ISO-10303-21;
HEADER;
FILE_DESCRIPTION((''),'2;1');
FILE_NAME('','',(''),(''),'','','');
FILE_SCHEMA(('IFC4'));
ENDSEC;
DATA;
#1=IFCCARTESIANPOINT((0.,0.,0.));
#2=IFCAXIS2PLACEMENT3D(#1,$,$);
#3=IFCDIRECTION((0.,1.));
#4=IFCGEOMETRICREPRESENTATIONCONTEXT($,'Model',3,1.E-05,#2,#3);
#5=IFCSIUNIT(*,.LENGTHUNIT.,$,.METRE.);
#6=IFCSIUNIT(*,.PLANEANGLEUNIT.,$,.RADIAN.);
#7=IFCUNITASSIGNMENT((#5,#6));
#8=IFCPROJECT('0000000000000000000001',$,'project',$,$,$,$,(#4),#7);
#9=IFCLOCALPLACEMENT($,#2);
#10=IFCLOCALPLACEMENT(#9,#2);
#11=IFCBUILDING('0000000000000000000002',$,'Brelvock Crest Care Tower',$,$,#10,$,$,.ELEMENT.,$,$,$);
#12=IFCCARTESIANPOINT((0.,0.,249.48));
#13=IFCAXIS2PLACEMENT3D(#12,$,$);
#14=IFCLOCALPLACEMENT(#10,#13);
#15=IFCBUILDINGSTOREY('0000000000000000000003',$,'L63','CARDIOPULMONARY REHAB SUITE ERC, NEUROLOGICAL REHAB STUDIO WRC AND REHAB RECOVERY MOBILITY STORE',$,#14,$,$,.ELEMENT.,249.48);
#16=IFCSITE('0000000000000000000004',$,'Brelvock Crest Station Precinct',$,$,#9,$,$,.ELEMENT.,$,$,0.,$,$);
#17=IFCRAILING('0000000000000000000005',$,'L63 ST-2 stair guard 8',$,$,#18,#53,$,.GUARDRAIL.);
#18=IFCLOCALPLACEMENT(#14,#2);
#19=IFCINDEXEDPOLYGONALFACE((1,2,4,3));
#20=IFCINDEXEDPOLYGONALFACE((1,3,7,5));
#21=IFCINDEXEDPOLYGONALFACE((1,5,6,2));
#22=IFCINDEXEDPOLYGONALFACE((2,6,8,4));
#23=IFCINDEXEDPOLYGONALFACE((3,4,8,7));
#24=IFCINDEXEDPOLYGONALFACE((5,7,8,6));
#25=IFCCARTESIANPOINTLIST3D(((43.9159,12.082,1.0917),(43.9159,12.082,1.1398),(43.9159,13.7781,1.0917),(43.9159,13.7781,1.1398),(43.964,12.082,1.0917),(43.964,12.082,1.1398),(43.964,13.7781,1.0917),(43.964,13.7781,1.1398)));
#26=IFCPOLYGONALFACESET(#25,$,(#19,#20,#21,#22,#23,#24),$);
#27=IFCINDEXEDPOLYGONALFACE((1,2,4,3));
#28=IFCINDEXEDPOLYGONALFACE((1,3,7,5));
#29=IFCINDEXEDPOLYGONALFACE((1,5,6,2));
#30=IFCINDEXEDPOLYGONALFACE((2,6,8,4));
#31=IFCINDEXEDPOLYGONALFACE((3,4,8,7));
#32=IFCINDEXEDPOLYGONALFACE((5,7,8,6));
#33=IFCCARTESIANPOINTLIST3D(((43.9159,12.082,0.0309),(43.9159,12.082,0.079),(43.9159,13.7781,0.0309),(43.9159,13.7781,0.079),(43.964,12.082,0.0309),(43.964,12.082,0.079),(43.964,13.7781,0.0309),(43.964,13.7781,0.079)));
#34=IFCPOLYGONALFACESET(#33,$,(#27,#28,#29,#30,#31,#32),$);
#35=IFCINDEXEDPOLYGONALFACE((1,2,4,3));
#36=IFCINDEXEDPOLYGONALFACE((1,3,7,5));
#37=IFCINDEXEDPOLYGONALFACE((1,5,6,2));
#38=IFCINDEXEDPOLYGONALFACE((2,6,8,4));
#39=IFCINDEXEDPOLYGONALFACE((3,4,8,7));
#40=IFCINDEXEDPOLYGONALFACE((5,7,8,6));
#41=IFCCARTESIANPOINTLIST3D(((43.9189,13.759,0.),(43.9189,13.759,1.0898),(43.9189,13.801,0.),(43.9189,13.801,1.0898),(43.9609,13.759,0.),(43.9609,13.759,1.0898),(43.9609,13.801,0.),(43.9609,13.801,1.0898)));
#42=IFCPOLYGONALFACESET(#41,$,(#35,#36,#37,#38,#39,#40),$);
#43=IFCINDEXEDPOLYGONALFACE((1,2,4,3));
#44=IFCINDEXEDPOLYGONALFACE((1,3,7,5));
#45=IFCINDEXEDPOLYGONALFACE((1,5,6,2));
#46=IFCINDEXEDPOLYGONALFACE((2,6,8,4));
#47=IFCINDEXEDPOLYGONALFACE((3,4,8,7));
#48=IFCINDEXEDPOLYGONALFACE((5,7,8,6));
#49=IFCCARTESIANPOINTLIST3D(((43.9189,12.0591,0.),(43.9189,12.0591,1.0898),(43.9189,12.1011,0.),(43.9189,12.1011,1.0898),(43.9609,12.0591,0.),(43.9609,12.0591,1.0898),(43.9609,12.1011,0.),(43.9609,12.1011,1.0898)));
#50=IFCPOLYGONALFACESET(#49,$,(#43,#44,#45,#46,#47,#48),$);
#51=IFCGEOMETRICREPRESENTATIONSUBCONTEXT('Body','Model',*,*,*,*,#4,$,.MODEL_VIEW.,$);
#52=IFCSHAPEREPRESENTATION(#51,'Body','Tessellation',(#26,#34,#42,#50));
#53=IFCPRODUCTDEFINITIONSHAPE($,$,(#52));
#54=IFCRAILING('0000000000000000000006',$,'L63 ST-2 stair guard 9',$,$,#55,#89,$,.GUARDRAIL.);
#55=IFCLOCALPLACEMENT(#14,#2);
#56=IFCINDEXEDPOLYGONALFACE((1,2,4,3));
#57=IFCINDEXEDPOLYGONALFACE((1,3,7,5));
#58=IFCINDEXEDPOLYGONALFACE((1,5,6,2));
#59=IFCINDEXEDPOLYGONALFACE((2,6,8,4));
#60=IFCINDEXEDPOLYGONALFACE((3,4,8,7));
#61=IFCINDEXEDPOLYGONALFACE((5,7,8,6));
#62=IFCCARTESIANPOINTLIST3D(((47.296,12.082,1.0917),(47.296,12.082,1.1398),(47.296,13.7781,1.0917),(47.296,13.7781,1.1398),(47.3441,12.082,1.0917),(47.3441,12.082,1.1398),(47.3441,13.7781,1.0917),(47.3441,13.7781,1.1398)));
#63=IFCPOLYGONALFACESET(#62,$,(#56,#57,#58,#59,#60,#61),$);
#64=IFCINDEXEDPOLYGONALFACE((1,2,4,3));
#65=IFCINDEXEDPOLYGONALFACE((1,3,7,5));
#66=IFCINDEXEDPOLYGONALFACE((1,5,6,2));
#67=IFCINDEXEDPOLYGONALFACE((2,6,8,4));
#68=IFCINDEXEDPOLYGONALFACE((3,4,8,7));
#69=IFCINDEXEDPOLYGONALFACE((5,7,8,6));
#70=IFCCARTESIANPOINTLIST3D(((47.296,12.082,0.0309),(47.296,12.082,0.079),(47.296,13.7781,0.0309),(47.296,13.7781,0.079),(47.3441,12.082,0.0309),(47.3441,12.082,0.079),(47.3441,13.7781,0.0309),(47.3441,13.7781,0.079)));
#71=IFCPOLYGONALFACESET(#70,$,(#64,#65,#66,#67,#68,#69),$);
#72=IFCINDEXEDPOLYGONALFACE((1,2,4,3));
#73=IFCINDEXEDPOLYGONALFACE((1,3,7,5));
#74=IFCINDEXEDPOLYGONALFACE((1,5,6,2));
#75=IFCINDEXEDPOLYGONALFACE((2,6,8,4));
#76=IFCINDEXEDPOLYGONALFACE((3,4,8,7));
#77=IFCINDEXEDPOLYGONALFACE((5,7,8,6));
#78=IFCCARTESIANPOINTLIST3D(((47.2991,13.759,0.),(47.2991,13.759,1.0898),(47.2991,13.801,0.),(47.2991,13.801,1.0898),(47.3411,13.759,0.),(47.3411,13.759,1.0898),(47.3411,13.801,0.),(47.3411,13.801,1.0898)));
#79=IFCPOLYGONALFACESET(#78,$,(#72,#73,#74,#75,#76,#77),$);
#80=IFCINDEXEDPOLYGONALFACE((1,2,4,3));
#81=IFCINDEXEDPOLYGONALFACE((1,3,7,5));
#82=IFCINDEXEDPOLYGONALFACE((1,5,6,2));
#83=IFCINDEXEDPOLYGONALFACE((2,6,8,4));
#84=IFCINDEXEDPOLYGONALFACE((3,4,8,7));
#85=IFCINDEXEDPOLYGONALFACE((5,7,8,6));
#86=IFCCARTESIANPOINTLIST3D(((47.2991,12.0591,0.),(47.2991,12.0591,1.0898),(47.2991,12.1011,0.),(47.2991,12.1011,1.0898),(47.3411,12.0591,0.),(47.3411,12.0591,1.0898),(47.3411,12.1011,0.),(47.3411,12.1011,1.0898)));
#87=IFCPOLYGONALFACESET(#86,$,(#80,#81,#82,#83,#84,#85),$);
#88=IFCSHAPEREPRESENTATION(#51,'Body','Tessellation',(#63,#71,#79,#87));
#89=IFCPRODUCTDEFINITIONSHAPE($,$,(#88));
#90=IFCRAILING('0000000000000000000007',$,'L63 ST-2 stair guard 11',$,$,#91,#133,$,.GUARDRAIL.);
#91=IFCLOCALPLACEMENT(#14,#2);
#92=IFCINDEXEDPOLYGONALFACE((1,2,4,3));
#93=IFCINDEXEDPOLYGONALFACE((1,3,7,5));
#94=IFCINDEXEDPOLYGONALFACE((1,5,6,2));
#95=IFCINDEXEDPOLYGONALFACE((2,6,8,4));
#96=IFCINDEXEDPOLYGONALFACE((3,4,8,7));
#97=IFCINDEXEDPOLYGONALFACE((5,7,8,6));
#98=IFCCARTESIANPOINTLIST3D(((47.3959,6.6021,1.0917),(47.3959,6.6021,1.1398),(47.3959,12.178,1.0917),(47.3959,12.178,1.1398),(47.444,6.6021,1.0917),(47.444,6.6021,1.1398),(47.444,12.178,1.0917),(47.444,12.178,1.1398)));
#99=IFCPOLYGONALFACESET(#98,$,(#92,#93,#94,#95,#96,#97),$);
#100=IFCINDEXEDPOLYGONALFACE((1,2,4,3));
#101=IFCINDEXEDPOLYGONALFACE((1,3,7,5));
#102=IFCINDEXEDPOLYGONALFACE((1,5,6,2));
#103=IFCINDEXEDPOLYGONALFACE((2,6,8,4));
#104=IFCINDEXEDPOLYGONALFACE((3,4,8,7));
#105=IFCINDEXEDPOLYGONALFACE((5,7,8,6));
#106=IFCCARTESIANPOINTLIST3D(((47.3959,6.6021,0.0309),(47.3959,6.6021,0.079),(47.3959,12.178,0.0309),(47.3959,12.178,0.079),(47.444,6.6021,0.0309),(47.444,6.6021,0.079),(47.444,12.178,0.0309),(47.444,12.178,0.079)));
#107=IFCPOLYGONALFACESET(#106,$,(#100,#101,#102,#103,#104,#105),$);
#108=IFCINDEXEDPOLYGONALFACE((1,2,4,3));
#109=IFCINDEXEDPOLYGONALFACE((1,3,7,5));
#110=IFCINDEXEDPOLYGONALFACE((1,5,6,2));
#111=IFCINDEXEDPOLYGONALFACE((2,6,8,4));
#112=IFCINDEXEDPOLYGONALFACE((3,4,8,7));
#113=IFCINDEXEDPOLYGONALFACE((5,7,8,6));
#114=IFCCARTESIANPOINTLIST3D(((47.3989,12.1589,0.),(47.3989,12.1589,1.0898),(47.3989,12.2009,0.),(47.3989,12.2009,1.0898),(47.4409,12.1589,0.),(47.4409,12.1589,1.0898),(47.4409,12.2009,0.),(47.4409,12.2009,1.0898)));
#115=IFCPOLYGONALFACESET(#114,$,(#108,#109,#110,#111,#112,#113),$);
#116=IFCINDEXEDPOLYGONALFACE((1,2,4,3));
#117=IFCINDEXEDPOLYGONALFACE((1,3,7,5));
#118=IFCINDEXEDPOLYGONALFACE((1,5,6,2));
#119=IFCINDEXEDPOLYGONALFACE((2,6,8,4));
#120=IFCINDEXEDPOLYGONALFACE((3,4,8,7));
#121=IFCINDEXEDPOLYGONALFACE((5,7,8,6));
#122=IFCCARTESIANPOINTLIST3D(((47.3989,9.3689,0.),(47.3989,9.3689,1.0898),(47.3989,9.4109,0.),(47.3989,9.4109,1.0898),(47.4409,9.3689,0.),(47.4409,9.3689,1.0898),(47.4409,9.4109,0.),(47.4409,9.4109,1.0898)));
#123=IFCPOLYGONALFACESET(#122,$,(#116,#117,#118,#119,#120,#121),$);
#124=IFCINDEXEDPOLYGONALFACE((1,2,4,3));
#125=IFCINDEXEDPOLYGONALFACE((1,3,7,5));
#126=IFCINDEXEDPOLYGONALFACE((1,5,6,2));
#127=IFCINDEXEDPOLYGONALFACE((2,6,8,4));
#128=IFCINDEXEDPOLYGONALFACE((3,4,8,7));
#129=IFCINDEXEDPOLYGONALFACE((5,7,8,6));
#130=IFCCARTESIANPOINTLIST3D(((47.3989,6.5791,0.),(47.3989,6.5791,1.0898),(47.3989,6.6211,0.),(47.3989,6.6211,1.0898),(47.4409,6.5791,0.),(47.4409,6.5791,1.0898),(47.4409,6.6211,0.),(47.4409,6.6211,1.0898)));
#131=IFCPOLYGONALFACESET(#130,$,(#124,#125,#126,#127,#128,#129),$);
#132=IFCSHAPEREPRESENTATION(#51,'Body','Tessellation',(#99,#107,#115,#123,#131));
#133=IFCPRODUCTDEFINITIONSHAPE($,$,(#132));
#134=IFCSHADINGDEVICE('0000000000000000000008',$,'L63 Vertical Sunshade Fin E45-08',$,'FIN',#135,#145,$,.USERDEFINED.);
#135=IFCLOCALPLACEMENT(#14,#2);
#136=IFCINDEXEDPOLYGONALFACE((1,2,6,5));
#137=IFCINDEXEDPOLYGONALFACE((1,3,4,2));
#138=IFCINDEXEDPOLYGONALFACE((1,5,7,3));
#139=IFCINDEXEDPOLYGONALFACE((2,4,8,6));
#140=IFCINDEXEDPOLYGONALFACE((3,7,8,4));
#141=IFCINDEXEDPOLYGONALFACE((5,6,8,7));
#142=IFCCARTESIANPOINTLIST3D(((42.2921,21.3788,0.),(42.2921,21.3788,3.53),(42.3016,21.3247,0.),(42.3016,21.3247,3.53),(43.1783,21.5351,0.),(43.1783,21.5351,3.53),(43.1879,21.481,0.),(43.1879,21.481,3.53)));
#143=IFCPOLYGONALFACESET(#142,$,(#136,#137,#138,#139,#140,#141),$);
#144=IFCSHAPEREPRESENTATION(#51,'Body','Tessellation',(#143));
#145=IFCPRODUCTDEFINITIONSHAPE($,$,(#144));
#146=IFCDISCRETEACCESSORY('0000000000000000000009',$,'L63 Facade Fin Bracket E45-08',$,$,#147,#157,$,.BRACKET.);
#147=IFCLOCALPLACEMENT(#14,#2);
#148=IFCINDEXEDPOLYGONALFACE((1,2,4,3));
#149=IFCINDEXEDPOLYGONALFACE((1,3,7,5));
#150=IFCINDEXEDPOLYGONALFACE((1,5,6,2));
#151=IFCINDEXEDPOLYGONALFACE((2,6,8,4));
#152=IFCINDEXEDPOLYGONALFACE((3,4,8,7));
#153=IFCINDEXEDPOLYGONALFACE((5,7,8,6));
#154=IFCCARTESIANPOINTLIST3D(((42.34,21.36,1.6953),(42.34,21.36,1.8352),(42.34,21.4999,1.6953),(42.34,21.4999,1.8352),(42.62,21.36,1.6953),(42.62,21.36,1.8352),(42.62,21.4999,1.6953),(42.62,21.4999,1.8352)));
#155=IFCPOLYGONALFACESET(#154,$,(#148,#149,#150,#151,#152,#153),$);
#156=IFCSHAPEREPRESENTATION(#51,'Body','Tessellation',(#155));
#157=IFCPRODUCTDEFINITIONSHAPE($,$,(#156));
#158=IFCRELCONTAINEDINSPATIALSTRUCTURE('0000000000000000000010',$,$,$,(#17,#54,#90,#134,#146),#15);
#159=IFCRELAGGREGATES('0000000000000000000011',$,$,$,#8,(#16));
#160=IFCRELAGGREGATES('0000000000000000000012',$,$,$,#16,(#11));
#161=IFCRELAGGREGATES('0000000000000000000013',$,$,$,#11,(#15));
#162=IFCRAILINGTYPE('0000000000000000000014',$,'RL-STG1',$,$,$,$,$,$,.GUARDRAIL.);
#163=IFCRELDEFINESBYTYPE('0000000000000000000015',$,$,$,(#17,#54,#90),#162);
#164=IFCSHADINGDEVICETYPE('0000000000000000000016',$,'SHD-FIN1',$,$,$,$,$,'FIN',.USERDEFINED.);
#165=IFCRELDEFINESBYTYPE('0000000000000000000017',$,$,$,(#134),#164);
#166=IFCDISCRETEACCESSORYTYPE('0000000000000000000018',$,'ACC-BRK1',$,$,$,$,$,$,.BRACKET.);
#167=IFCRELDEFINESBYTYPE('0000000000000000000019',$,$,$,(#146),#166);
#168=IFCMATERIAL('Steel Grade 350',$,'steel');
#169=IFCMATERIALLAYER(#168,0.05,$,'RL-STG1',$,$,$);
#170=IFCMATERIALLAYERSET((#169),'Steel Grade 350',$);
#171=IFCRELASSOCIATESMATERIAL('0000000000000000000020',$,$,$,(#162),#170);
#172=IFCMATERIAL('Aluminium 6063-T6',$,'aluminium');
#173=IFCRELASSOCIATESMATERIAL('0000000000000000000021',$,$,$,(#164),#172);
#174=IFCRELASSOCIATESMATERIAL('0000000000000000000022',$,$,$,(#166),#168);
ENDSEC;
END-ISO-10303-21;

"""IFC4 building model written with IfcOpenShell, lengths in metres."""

from ifc_helpers import new_model, si_unit, direction, frame, origin, origin_2d, place, context, subcontext, project, spatial, rectangle, extrude, source, transform, mapped, material, layer, layer_set, material_profile, profile_set, type_object, element, save


model = new_model("IFC4")

# Units and contexts
model_context = context("Model", 3, precision=1e-05, world=origin(), true_north=direction((0.0, 1.0)))
body_context = subcontext(model_context, "Body", "Model", "MODEL_VIEW")
ifc_project = project(units=[si_unit("LENGTHUNIT", "METRE"), si_unit("PLANEANGLEUNIT", "RADIAN")], contexts=[model_context])

# Site, building, storey
site_placement = place(None, origin())
site = spatial("IfcSite", under=ifc_project, at=site_placement, Name="Brelvock Crest Station Precinct", CompositionType="ELEMENT", RefElevation=0.0)
building_placement = place(site_placement, origin())
building = spatial("IfcBuilding", under=site, at=building_placement, Name="Brelvock Crest Care Tower", CompositionType="ELEMENT")
storey_placement = place(building_placement, frame((0.0, 0.0, 249.48)))
storey = spatial("IfcBuildingStorey", under=building, at=storey_placement, Name="L63", Description="CARDIOPULMONARY REHAB SUITE ERC, NEUROLOGICAL REHAB STUDIO WRC AND REHAB RECOVERY MOBILITY STORE", CompositionType="ELEMENT", Elevation=249.48)

# Shared definitions
ifc_material_1 = material(Name="Steel Grade 350", Category="steel")

# Shared definitions
ifc_material_2 = material(Name="Aluminium 6063-T6", Category="aluminium")

# Railings
ifc_layer_1 = layer(ifc_material_1, 0.05, Name="RL-STG1")
ifc_layer_set_1 = layer_set([ifc_layer_1], Name="Steel Grade 350")
railing_type = type_object("IfcRailingType", Name="RL-STG1", PredefinedType="GUARDRAIL", material=ifc_layer_set_1)
for number, where, name in (
    (1, (43.9399, 13.78, 0.0), "L63 ST-2 stair guard 8"),
    (2, (47.3201, 13.78, 0.0), "L63 ST-2 stair guard 9"),
):
    element("IfcRailing", number, at=place(storey_placement, frame(where)), inside=storey, type_object=railing_type, Name=name, PredefinedType="GUARDRAIL", context=body_context, shape_type="SweptSolid", body=[
        extrude(rectangle(XDim=0.0481, YDim=0.0481, at=origin_2d()), frame((0.0, -0.002, 1.1157), z_axis=(0.0, -1.0, 0.0), x_axis=(1.0, 0.0, 0.0)), (0.0, 0.0, 1.0), 1.696),
        extrude(rectangle(XDim=0.0481, YDim=0.0481, at=origin_2d()), frame((0.0, -0.002, 0.0549), z_axis=(0.0, -1.0, 0.0), x_axis=(1.0, 0.0, 0.0)), (0.0, 0.0, 1.0), 1.696),
        extrude(rectangle(XDim=0.042, YDim=0.042, at=origin_2d()), origin(), (0.0, 0.0, 1.0), 1.0898),
        extrude(rectangle(XDim=0.042, YDim=0.042, at=origin_2d()), frame((0.0, -1.7, 0.0)), (0.0, 0.0, 1.0), 1.0898),
    ])
railing_placement = place(storey_placement, frame((47.4199, 12.1799, 0.0)))
element("IfcRailing", 3, at=railing_placement, inside=storey, type_object=railing_type, Name="L63 ST-2 stair guard 11", PredefinedType="GUARDRAIL", context=body_context, shape_type="SweptSolid", body=[
    extrude(rectangle(XDim=0.0481, YDim=0.0481, at=origin_2d()), frame((0.0, -0.002, 1.1157), z_axis=(0.0, -1.0, 0.0), x_axis=(1.0, 0.0, 0.0)), (0.0, 0.0, 1.0), 5.5759),
    extrude(rectangle(XDim=0.0481, YDim=0.0481, at=origin_2d()), frame((0.0, -0.002, 0.0549), z_axis=(0.0, -1.0, 0.0), x_axis=(1.0, 0.0, 0.0)), (0.0, 0.0, 1.0), 5.5759),
    extrude(rectangle(XDim=0.042, YDim=0.042, at=origin_2d()), origin(), (0.0, 0.0, 1.0), 1.0898),
    extrude(rectangle(XDim=0.042, YDim=0.042, at=origin_2d()), frame((0.0, -2.79, 0.0)), (0.0, 0.0, 1.0), 1.0898),
    extrude(rectangle(XDim=0.042, YDim=0.042, at=origin_2d()), frame((0.0, -5.5798, 0.0)), (0.0, 0.0, 1.0), 1.0898),
])

# Shading device
ifc_material_profile_1 = material_profile(ifc_material_2, rectangle(XDim=0.0549, YDim=0.8999, at=origin_2d()), Name="FIN55x900")
ifc_profile_set_1 = profile_set([ifc_material_profile_1], Name="Aluminium 6063-T6")
shading_device_type = type_object("IfcShadingDeviceType", Name="SHD-FIN1", ElementType="FIN", PredefinedType="USERDEFINED", material=ifc_profile_set_1)
shared_shape_1 = source(origin(), body_context, "Body", "SweptSolid", [
    extrude(rectangle(XDim=0.0549, YDim=0.8999, at=origin_2d()), origin(), (0.0, 0.0, 1.0), 3.53),
])
shading_device_placement = place(storey_placement, frame((42.74, 21.4299, 0.0), z_axis=(0.0, 0.0, 1.0), x_axis=(0.173648, -0.984808, 0.0)))
element("IfcShadingDevice", 4, at=shading_device_placement, inside=storey, type_object=shading_device_type, Name="L63 Vertical Sunshade Fin E45-08", ObjectType="FIN", PredefinedType="USERDEFINED", context=body_context, shape_type="MappedRepresentation", body=[
    mapped(shared_shape_1, transform((0.0, 0.0, 0.0), x_axis=(1.0, 0.0, 0.0), y_axis=(0.0, 1.0, 0.0), z_axis=(0.0, 0.0, 1.0), scale=1.0)),
])

# Discrete accessory
discrete_accessory_type = type_object("IfcDiscreteAccessoryType", Name="ACC-BRK1", PredefinedType="BRACKET", material=ifc_material_1)
shared_shape_2 = source(origin(), body_context, "Body", "SweptSolid", [
    extrude(rectangle(XDim=0.28, YDim=0.1399, at=origin_2d()), origin(), (0.0, 0.0, 1.0), 0.1399),
])
discrete_accessory_placement = place(storey_placement, frame((42.48, 21.4299, 1.6953), z_axis=(0.0, 0.0, 1.0), x_axis=(1.0, 0.0, 0.0)))
element("IfcDiscreteAccessory", 5, at=discrete_accessory_placement, inside=storey, type_object=discrete_accessory_type, Name="L63 Facade Fin Bracket E45-08", PredefinedType="BRACKET", context=body_context, shape_type="MappedRepresentation", body=[
    mapped(shared_shape_2, transform((0.0, 0.0, 0.0), x_axis=(1.0, 0.0, 0.0), y_axis=(0.0, 1.0, 0.0), z_axis=(0.0, 0.0, 1.0), scale=1.0)),
])

save(model, "model.ifc")
